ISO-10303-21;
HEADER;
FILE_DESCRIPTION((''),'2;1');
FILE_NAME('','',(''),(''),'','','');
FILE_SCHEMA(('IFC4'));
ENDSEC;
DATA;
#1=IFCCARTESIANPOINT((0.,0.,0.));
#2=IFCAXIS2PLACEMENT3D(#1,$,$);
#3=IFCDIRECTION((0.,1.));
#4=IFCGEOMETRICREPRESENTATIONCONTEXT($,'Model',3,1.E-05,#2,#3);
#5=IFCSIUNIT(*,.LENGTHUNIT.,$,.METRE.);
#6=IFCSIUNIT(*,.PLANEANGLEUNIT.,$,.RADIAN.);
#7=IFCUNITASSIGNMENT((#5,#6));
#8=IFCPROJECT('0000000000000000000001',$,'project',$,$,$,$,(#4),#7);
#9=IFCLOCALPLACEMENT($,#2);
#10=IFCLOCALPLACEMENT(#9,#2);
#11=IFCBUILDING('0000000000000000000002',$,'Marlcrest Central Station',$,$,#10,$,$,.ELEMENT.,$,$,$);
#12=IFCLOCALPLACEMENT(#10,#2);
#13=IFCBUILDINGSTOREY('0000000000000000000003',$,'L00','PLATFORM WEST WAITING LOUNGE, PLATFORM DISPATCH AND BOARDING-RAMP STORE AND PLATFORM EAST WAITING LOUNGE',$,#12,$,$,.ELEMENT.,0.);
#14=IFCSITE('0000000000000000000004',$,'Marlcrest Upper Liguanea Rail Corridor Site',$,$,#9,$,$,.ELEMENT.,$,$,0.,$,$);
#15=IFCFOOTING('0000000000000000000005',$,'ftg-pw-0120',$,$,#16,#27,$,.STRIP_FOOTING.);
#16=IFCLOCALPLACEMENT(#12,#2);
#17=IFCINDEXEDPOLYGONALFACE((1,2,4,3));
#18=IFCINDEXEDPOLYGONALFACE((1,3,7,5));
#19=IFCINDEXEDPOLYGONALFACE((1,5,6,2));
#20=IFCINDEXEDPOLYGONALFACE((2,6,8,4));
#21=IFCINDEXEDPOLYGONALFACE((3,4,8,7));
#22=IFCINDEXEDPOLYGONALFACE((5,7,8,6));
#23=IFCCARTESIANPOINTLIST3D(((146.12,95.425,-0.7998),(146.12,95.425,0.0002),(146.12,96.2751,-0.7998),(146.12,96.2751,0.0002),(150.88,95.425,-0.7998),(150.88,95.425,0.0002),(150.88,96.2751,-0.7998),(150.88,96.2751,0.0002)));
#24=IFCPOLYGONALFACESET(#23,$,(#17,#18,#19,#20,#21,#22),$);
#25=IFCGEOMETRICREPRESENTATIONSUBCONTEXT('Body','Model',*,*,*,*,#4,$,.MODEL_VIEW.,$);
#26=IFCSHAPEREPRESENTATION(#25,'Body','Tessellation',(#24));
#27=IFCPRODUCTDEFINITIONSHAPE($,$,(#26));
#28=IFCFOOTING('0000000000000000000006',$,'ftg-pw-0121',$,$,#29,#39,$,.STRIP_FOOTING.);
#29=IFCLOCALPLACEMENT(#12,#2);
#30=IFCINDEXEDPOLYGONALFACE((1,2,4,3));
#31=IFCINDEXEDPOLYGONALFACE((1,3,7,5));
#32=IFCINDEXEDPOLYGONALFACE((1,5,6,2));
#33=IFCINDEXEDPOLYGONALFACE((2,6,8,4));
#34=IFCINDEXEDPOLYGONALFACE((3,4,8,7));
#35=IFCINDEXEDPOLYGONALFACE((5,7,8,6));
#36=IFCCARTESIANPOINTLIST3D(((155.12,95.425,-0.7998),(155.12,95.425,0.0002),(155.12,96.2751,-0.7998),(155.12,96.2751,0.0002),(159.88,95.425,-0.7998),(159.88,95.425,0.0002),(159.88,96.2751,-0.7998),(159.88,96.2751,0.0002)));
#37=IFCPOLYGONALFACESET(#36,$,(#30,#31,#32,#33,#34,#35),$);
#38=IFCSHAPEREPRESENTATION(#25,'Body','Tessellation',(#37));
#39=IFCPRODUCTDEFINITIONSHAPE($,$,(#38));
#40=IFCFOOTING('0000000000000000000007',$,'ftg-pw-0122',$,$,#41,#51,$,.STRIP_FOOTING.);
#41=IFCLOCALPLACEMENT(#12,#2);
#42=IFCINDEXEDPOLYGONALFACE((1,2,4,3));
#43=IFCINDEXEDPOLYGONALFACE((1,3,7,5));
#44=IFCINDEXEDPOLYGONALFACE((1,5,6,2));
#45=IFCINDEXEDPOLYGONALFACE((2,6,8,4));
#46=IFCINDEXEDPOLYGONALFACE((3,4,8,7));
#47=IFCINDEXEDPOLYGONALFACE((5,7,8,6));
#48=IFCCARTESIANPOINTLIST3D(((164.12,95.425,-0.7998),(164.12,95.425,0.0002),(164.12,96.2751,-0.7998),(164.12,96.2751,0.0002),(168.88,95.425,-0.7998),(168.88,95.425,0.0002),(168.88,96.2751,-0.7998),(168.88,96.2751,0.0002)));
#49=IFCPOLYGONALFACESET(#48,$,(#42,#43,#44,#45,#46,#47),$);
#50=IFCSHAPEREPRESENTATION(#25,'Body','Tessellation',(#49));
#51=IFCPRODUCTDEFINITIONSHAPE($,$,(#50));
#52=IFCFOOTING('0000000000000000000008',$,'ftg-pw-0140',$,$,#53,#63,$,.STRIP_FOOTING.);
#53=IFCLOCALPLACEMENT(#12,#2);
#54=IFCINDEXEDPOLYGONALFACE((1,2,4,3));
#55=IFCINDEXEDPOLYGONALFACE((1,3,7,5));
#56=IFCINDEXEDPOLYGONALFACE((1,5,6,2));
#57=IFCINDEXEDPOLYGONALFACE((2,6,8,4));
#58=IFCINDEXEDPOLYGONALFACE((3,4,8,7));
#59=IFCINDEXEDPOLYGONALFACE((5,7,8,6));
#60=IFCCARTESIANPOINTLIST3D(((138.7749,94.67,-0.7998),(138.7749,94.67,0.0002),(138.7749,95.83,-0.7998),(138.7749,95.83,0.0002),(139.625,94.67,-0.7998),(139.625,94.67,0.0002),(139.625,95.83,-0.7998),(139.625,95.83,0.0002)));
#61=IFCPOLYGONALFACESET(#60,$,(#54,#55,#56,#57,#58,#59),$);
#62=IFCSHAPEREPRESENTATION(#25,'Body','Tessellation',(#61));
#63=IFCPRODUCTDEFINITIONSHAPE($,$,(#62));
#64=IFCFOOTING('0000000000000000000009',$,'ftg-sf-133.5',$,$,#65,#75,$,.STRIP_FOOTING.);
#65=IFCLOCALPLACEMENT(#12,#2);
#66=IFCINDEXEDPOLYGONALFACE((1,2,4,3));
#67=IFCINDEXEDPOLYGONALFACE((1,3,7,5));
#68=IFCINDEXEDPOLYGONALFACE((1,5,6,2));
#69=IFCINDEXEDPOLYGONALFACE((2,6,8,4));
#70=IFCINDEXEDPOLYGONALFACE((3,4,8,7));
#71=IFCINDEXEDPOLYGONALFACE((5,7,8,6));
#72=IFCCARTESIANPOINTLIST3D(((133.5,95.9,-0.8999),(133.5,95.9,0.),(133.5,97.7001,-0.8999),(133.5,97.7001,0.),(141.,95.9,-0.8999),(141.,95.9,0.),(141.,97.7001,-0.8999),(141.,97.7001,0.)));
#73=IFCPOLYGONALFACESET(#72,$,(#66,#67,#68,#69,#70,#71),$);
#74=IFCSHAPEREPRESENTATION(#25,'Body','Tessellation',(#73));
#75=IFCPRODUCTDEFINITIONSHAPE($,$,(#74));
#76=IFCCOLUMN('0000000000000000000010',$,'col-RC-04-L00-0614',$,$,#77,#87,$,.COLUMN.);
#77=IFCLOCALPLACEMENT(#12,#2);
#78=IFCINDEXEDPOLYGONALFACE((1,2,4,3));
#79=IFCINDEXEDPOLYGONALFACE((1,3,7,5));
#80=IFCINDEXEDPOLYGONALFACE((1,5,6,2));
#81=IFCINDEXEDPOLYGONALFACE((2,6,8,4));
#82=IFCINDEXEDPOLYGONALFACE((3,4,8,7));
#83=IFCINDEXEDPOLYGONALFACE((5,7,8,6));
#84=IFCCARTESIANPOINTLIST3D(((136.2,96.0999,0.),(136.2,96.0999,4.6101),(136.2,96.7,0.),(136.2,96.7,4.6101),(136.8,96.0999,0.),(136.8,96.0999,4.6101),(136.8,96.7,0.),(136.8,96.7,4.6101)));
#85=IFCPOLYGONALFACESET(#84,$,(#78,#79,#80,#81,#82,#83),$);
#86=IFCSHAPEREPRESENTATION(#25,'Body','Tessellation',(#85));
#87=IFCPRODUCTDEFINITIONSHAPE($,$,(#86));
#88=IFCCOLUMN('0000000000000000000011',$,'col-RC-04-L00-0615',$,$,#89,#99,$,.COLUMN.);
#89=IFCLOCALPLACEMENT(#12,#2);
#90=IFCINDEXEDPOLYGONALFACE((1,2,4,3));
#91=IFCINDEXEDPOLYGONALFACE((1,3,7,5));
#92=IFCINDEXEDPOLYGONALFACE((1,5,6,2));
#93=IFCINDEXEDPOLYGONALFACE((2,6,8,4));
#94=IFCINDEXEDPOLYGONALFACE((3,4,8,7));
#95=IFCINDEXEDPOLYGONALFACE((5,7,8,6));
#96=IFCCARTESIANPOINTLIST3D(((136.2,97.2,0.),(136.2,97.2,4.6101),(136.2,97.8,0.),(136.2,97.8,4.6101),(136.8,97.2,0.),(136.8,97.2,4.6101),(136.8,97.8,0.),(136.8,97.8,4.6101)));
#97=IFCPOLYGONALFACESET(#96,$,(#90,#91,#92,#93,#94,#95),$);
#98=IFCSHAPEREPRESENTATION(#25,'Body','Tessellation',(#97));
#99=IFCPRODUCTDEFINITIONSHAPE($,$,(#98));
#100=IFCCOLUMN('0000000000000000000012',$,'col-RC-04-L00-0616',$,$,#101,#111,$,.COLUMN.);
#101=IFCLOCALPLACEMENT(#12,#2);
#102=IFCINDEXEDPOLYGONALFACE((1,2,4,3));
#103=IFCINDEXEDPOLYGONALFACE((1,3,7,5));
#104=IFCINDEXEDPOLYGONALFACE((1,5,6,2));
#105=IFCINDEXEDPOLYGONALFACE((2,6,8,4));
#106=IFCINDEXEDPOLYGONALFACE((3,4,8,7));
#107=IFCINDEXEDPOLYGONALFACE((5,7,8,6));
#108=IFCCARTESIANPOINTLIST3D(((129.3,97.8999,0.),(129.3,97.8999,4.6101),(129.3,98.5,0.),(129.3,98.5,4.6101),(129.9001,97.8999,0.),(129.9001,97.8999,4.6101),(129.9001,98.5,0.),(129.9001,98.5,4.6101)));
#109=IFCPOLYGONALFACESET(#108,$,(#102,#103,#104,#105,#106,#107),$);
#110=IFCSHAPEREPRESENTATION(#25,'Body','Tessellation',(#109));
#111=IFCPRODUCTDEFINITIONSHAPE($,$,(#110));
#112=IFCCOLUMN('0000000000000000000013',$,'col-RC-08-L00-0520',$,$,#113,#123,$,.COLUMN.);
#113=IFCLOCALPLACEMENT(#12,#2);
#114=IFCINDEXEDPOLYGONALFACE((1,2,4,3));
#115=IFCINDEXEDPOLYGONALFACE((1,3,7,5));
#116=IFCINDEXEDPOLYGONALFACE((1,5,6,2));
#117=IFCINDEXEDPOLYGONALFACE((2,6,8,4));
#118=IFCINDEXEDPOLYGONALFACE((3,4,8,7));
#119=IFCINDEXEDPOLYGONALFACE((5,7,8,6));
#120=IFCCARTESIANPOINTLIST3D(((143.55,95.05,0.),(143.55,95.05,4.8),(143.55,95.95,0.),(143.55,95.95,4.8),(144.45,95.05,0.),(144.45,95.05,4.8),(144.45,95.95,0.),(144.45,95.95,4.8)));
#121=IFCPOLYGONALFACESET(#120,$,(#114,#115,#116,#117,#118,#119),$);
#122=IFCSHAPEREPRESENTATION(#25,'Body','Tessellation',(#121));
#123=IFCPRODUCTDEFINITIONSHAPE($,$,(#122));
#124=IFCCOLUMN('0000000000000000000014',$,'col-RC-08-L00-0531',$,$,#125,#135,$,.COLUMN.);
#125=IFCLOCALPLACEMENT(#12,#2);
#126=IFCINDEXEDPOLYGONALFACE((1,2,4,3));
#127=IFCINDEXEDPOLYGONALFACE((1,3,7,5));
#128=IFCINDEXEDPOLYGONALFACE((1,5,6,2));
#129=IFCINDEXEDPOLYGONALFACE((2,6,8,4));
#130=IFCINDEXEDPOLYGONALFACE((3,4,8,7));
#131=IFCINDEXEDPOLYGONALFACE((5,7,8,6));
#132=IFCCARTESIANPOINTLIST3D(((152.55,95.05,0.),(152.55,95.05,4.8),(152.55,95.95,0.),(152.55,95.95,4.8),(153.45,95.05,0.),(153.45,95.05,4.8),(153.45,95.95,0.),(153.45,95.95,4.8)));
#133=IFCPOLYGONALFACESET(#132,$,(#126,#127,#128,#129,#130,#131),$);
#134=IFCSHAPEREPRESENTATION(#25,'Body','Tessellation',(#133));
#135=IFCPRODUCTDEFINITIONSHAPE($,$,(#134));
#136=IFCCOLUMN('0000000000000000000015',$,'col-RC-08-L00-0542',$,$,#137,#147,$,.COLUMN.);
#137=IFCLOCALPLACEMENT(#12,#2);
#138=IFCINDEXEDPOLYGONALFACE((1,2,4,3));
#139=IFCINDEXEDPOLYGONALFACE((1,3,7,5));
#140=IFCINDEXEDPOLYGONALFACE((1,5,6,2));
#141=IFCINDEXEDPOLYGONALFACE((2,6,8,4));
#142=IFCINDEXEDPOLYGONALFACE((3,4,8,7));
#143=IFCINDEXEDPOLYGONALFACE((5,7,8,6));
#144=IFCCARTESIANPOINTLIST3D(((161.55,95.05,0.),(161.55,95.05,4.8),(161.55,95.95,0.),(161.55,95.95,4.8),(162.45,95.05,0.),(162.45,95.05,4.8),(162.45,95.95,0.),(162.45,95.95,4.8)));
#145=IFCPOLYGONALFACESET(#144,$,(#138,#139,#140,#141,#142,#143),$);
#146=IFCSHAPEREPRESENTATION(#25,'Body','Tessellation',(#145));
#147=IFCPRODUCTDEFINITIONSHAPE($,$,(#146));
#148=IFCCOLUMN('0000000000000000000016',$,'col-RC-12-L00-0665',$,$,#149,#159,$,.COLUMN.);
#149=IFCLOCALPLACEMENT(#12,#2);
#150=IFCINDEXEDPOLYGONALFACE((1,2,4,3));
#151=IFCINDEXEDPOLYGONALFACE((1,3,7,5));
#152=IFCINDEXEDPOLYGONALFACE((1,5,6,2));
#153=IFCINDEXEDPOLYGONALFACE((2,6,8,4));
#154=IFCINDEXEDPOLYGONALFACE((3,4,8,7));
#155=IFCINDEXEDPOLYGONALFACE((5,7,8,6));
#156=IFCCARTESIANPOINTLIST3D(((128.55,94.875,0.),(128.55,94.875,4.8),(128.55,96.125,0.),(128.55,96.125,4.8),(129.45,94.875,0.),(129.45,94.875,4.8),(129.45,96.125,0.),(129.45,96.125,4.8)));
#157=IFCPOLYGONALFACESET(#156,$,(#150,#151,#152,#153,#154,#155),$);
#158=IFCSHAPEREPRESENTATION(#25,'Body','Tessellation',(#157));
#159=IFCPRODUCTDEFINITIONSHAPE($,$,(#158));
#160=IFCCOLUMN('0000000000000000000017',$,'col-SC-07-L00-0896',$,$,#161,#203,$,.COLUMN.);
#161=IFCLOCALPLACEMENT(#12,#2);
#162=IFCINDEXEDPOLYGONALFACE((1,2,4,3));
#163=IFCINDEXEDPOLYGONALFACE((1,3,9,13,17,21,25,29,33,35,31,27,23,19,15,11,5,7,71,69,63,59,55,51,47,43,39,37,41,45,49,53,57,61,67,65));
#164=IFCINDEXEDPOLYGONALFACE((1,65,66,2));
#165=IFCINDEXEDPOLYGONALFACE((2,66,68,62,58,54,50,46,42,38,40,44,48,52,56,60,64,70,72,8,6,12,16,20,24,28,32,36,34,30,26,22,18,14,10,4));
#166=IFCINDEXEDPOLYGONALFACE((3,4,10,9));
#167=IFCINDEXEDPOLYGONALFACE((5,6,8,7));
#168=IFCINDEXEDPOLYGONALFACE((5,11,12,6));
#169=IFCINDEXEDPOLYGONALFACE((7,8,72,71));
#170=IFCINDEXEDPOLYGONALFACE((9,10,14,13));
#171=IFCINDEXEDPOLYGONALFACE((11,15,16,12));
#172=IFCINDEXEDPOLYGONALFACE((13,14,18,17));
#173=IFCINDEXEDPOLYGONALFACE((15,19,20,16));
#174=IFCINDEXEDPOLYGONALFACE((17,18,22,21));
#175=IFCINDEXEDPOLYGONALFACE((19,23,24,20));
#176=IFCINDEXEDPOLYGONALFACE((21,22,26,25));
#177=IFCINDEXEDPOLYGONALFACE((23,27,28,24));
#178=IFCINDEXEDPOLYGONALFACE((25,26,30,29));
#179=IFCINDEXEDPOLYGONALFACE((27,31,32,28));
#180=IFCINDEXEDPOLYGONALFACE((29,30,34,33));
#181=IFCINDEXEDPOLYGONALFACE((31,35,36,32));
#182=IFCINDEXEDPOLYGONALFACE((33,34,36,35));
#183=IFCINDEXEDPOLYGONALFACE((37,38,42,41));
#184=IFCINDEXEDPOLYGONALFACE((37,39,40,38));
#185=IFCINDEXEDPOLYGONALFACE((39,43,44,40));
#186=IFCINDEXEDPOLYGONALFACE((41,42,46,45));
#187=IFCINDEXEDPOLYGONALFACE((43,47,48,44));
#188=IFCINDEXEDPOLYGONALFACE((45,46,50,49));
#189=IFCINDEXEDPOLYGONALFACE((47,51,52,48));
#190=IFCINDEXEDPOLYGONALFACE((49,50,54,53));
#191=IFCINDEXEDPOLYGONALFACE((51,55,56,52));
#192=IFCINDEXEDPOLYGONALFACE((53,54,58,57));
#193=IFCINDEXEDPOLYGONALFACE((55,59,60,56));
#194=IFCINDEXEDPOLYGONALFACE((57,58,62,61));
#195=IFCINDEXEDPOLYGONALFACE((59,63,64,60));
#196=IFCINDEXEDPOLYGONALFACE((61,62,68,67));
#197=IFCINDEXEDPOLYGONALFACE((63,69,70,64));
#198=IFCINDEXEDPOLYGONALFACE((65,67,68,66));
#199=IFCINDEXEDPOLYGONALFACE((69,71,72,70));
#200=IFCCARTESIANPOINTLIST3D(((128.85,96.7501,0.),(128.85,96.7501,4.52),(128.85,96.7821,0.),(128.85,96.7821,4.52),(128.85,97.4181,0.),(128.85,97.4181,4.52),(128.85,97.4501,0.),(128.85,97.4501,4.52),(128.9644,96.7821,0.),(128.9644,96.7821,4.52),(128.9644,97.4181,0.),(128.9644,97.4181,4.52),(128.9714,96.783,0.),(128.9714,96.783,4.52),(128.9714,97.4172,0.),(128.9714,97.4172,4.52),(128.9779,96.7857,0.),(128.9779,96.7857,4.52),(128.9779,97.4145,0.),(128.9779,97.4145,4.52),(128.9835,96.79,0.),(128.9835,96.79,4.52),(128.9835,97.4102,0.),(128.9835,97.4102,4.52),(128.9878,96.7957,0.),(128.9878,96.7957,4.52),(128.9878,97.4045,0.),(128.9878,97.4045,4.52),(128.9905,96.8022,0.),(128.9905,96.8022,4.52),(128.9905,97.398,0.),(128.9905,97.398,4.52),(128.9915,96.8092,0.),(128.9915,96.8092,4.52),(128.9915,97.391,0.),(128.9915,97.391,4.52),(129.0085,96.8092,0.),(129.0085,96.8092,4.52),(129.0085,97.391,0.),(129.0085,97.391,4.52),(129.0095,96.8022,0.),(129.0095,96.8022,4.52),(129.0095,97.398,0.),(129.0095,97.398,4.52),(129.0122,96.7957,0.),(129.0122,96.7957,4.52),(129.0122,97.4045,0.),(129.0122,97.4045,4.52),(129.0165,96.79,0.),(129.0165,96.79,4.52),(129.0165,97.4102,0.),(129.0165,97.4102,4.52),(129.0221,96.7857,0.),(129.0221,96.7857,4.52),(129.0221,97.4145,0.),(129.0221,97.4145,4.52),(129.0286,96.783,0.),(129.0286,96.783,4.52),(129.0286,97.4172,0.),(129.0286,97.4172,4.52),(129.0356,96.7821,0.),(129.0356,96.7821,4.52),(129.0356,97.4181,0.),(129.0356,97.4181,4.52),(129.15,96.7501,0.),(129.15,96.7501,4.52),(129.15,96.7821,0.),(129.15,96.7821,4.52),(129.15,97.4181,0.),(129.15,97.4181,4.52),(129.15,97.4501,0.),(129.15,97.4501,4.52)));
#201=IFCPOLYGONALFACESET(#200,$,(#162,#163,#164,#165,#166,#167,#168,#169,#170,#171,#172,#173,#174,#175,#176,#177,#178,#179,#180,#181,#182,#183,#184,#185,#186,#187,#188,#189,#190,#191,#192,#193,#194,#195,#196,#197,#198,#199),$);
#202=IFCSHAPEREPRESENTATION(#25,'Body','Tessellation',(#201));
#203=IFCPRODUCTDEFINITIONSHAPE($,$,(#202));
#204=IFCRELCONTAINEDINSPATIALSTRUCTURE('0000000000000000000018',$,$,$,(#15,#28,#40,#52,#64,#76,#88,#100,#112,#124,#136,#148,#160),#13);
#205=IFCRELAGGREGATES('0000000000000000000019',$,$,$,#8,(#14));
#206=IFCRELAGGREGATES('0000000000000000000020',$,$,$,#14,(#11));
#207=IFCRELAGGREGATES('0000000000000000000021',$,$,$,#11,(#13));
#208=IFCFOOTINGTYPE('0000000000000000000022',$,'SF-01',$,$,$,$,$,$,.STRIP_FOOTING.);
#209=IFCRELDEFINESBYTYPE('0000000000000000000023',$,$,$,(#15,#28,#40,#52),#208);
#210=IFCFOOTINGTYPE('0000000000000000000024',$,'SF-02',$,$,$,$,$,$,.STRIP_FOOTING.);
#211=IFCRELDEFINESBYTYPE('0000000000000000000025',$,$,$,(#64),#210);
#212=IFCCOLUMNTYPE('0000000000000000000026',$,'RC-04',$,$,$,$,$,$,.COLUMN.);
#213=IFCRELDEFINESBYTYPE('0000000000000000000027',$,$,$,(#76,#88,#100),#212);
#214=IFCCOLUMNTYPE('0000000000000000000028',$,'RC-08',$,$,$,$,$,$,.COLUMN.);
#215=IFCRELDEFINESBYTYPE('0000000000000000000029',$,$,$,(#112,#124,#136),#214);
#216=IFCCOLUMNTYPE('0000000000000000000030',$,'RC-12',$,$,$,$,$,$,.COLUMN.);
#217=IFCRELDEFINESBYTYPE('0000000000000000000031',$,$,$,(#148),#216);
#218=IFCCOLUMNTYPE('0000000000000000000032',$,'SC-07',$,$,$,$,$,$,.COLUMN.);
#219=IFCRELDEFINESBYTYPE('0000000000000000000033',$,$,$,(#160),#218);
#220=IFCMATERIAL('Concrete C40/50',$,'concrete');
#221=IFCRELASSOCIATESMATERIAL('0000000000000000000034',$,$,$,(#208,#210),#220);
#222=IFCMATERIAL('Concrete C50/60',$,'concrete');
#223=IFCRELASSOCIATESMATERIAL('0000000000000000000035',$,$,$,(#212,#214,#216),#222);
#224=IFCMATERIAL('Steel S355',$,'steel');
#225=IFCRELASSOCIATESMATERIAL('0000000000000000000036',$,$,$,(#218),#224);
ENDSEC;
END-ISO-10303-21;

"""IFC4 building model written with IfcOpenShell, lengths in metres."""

from ifc_helpers import new_model, si_unit, direction, frame, origin, origin_2d, place, context, subcontext, project, spatial, rectangle, i_section, extrude, material, material_profile, profile_set, type_object, element, save


model = new_model("IFC4")

# Units and contexts
model_context = context("Model", 3, precision=1e-05, world=origin(), true_north=direction((0.0, 1.0)))
body_context = subcontext(model_context, "Body", "Model", "MODEL_VIEW")
ifc_project = project(units=[si_unit("LENGTHUNIT", "METRE"), si_unit("PLANEANGLEUNIT", "RADIAN")], contexts=[model_context])

# Site, building, storey
site_placement = place(None, origin())
site = spatial("IfcSite", under=ifc_project, at=site_placement, Name="Marlcrest Upper Liguanea Rail Corridor Site", CompositionType="ELEMENT", RefElevation=0.0)
building_placement = place(site_placement, origin())
building = spatial("IfcBuilding", under=site, at=building_placement, Name="Marlcrest Central Station", CompositionType="ELEMENT")
storey_placement = place(building_placement, origin())
storey = spatial("IfcBuildingStorey", under=building, at=storey_placement, Name="L00", Description="PLATFORM WEST WAITING LOUNGE, PLATFORM DISPATCH AND BOARDING-RAMP STORE AND PLATFORM EAST WAITING LOUNGE", CompositionType="ELEMENT", Elevation=0.0)

# Footings
ifc_material_1 = material(Name="Concrete C40/50", Category="concrete")
footing_type_1 = type_object("IfcFootingType", Name="SF-01", PredefinedType="STRIP_FOOTING", material=ifc_material_1)
for number, where, z_axis, x_axis, name in (
    (1, (148.5, 95.8501, -0.7998), (0.0, 0.0, 1.0), (1.0, 0.0, 0.0), "ftg-pw-0120"),
    (2, (157.5, 95.8501, -0.7998), (0.0, 0.0, 1.0), (1.0, 0.0, 0.0), "ftg-pw-0121"),
    (3, (166.5, 95.8501, -0.7998), (0.0, 0.0, 1.0), (1.0, 0.0, 0.0), "ftg-pw-0122"),
):
    element("IfcFooting", number, at=place(storey_placement, frame(where, z_axis=z_axis, x_axis=x_axis)), inside=storey, type_object=footing_type_1, Name=name, PredefinedType="STRIP_FOOTING", context=body_context, shape_type="SweptSolid", body=[
        extrude(rectangle(XDim=4.76, YDim=0.8501, at=origin_2d()), origin(), (0.0, 0.0, 1.0), 0.8),
    ])
footing_1_placement = place(storey_placement, frame((139.2, 95.25, -0.7998), z_axis=(0.0, 0.0, 1.0), x_axis=(1.0, 0.0, 0.0)))
element("IfcFooting", 4, at=footing_1_placement, inside=storey, type_object=footing_type_1, Name="ftg-pw-0140", PredefinedType="STRIP_FOOTING", context=body_context, shape_type="SweptSolid", body=[
    extrude(rectangle(XDim=0.8501, YDim=1.1599, at=origin_2d()), origin(), (0.0, 0.0, 1.0), 0.8),
])
footing_type_2 = type_object("IfcFootingType", Name="SF-02", PredefinedType="STRIP_FOOTING", material=ifc_material_1)
footing_2_placement = place(storey_placement, frame((137.25, 96.8, -0.8999), z_axis=(0.0, 0.0, 1.0), x_axis=(1.0, 0.0, 0.0)))
element("IfcFooting", 5, at=footing_2_placement, inside=storey, type_object=footing_type_2, Name="ftg-sf-133.5", PredefinedType="STRIP_FOOTING", context=body_context, shape_type="SweptSolid", body=[
    extrude(rectangle(XDim=7.5, YDim=1.8, at=origin_2d()), origin(), (0.0, 0.0, 1.0), 0.8999),
])

# Columns
ifc_material_2 = material(Name="Concrete C50/60", Category="concrete")
ifc_material_profile_1 = material_profile(ifc_material_2, rectangle(XDim=0.6001, YDim=0.6001, at=origin_2d()), Name="RC 600x600")
ifc_profile_set_1 = profile_set([ifc_material_profile_1], Name="Concrete C50/60")
column_type_1 = type_object("IfcColumnType", Name="RC-04", PredefinedType="COLUMN", material=ifc_profile_set_1)
for number, where, z_axis, x_axis, name in (
    (6, (136.5, 96.3999, 0.0), (0.0, 0.0, 1.0), (1.0, 0.0, 0.0), "col-RC-04-L00-0614"),
    (7, (136.5, 97.5, 0.0), (0.0, 0.0, 1.0), (1.0, 0.0, 0.0), "col-RC-04-L00-0615"),
    (8, (129.6001, 98.2, 0.0), (0.0, 0.0, 1.0), (1.0, 0.0, 0.0), "col-RC-04-L00-0616"),
):
    element("IfcColumn", number, at=place(storey_placement, frame(where, z_axis=z_axis, x_axis=x_axis)), inside=storey, type_object=column_type_1, Name=name, PredefinedType="COLUMN", context=body_context, shape_type="SweptSolid", body=[
        extrude(rectangle(XDim=0.6001, YDim=0.6001, at=origin_2d()), origin(), (0.0, 0.0, 1.0), 4.6101),
    ])
ifc_material_profile_2 = material_profile(ifc_material_2, rectangle(XDim=0.8999, YDim=0.8999, at=origin_2d()), Name="RC 900x900")
ifc_profile_set_2 = profile_set([ifc_material_profile_2], Name="Concrete C50/60")
column_type_2 = type_object("IfcColumnType", Name="RC-08", PredefinedType="COLUMN", material=ifc_profile_set_2)
for number, where, z_axis, x_axis, name in (
    (9, (144.0, 95.5, 0.0), (0.0, 0.0, 1.0), (1.0, 0.0, 0.0), "col-RC-08-L00-0520"),
    (10, (153.0, 95.5, 0.0), (0.0, 0.0, 1.0), (1.0, 0.0, 0.0), "col-RC-08-L00-0531"),
    (11, (162.0, 95.5, 0.0), (0.0, 0.0, 1.0), (1.0, 0.0, 0.0), "col-RC-08-L00-0542"),
):
    element("IfcColumn", number, at=place(storey_placement, frame(where, z_axis=z_axis, x_axis=x_axis)), inside=storey, type_object=column_type_2, Name=name, PredefinedType="COLUMN", context=body_context, shape_type="SweptSolid", body=[
        extrude(rectangle(XDim=0.8999, YDim=0.8999, at=origin_2d()), origin(), (0.0, 0.0, 1.0), 4.8),
    ])
ifc_material_profile_3 = material_profile(ifc_material_2, rectangle(XDim=0.8999, YDim=1.25, at=origin_2d()), Name="RC 900x1250")
ifc_profile_set_3 = profile_set([ifc_material_profile_3], Name="Concrete C50/60")
column_type_3 = type_object("IfcColumnType", Name="RC-12", PredefinedType="COLUMN", material=ifc_profile_set_3)
column_1_placement = place(storey_placement, frame((129.0, 95.5, 0.0), z_axis=(0.0, 0.0, 1.0), x_axis=(1.0, 0.0, 0.0)))
element("IfcColumn", 12, at=column_1_placement, inside=storey, type_object=column_type_3, Name="col-RC-12-L00-0665", PredefinedType="COLUMN", context=body_context, shape_type="SweptSolid", body=[
    extrude(rectangle(XDim=0.8999, YDim=1.25, at=origin_2d()), origin(), (0.0, 0.0, 1.0), 4.8),
])
ifc_material_3 = material(Name="Steel S355", Category="steel")
ifc_material_profile_4 = material_profile(ifc_material_3, i_section(OverallWidth=0.3, OverallDepth=0.7, WebThickness=0.0171, FlangeThickness=0.032, FilletRadius=0.0271, at=origin_2d()), Name="HEB 700")
ifc_profile_set_4 = profile_set([ifc_material_profile_4], Name="Steel S355")
column_type_4 = type_object("IfcColumnType", Name="SC-07", PredefinedType="COLUMN", material=ifc_profile_set_4)
column_2_placement = place(storey_placement, frame((129.0, 97.1001, 0.0), z_axis=(0.0, 0.0, 1.0), x_axis=(1.0, 0.0, 0.0)))
element("IfcColumn", 13, at=column_2_placement, inside=storey, type_object=column_type_4, Name="col-SC-07-L00-0896", PredefinedType="COLUMN", context=body_context, shape_type="SweptSolid", body=[
    extrude(i_section(OverallWidth=0.3, OverallDepth=0.7, WebThickness=0.0171, FlangeThickness=0.032, FilletRadius=0.0271, at=origin_2d()), origin(), (0.0, 0.0, 1.0), 4.52),
])

save(model, "model.ifc")
